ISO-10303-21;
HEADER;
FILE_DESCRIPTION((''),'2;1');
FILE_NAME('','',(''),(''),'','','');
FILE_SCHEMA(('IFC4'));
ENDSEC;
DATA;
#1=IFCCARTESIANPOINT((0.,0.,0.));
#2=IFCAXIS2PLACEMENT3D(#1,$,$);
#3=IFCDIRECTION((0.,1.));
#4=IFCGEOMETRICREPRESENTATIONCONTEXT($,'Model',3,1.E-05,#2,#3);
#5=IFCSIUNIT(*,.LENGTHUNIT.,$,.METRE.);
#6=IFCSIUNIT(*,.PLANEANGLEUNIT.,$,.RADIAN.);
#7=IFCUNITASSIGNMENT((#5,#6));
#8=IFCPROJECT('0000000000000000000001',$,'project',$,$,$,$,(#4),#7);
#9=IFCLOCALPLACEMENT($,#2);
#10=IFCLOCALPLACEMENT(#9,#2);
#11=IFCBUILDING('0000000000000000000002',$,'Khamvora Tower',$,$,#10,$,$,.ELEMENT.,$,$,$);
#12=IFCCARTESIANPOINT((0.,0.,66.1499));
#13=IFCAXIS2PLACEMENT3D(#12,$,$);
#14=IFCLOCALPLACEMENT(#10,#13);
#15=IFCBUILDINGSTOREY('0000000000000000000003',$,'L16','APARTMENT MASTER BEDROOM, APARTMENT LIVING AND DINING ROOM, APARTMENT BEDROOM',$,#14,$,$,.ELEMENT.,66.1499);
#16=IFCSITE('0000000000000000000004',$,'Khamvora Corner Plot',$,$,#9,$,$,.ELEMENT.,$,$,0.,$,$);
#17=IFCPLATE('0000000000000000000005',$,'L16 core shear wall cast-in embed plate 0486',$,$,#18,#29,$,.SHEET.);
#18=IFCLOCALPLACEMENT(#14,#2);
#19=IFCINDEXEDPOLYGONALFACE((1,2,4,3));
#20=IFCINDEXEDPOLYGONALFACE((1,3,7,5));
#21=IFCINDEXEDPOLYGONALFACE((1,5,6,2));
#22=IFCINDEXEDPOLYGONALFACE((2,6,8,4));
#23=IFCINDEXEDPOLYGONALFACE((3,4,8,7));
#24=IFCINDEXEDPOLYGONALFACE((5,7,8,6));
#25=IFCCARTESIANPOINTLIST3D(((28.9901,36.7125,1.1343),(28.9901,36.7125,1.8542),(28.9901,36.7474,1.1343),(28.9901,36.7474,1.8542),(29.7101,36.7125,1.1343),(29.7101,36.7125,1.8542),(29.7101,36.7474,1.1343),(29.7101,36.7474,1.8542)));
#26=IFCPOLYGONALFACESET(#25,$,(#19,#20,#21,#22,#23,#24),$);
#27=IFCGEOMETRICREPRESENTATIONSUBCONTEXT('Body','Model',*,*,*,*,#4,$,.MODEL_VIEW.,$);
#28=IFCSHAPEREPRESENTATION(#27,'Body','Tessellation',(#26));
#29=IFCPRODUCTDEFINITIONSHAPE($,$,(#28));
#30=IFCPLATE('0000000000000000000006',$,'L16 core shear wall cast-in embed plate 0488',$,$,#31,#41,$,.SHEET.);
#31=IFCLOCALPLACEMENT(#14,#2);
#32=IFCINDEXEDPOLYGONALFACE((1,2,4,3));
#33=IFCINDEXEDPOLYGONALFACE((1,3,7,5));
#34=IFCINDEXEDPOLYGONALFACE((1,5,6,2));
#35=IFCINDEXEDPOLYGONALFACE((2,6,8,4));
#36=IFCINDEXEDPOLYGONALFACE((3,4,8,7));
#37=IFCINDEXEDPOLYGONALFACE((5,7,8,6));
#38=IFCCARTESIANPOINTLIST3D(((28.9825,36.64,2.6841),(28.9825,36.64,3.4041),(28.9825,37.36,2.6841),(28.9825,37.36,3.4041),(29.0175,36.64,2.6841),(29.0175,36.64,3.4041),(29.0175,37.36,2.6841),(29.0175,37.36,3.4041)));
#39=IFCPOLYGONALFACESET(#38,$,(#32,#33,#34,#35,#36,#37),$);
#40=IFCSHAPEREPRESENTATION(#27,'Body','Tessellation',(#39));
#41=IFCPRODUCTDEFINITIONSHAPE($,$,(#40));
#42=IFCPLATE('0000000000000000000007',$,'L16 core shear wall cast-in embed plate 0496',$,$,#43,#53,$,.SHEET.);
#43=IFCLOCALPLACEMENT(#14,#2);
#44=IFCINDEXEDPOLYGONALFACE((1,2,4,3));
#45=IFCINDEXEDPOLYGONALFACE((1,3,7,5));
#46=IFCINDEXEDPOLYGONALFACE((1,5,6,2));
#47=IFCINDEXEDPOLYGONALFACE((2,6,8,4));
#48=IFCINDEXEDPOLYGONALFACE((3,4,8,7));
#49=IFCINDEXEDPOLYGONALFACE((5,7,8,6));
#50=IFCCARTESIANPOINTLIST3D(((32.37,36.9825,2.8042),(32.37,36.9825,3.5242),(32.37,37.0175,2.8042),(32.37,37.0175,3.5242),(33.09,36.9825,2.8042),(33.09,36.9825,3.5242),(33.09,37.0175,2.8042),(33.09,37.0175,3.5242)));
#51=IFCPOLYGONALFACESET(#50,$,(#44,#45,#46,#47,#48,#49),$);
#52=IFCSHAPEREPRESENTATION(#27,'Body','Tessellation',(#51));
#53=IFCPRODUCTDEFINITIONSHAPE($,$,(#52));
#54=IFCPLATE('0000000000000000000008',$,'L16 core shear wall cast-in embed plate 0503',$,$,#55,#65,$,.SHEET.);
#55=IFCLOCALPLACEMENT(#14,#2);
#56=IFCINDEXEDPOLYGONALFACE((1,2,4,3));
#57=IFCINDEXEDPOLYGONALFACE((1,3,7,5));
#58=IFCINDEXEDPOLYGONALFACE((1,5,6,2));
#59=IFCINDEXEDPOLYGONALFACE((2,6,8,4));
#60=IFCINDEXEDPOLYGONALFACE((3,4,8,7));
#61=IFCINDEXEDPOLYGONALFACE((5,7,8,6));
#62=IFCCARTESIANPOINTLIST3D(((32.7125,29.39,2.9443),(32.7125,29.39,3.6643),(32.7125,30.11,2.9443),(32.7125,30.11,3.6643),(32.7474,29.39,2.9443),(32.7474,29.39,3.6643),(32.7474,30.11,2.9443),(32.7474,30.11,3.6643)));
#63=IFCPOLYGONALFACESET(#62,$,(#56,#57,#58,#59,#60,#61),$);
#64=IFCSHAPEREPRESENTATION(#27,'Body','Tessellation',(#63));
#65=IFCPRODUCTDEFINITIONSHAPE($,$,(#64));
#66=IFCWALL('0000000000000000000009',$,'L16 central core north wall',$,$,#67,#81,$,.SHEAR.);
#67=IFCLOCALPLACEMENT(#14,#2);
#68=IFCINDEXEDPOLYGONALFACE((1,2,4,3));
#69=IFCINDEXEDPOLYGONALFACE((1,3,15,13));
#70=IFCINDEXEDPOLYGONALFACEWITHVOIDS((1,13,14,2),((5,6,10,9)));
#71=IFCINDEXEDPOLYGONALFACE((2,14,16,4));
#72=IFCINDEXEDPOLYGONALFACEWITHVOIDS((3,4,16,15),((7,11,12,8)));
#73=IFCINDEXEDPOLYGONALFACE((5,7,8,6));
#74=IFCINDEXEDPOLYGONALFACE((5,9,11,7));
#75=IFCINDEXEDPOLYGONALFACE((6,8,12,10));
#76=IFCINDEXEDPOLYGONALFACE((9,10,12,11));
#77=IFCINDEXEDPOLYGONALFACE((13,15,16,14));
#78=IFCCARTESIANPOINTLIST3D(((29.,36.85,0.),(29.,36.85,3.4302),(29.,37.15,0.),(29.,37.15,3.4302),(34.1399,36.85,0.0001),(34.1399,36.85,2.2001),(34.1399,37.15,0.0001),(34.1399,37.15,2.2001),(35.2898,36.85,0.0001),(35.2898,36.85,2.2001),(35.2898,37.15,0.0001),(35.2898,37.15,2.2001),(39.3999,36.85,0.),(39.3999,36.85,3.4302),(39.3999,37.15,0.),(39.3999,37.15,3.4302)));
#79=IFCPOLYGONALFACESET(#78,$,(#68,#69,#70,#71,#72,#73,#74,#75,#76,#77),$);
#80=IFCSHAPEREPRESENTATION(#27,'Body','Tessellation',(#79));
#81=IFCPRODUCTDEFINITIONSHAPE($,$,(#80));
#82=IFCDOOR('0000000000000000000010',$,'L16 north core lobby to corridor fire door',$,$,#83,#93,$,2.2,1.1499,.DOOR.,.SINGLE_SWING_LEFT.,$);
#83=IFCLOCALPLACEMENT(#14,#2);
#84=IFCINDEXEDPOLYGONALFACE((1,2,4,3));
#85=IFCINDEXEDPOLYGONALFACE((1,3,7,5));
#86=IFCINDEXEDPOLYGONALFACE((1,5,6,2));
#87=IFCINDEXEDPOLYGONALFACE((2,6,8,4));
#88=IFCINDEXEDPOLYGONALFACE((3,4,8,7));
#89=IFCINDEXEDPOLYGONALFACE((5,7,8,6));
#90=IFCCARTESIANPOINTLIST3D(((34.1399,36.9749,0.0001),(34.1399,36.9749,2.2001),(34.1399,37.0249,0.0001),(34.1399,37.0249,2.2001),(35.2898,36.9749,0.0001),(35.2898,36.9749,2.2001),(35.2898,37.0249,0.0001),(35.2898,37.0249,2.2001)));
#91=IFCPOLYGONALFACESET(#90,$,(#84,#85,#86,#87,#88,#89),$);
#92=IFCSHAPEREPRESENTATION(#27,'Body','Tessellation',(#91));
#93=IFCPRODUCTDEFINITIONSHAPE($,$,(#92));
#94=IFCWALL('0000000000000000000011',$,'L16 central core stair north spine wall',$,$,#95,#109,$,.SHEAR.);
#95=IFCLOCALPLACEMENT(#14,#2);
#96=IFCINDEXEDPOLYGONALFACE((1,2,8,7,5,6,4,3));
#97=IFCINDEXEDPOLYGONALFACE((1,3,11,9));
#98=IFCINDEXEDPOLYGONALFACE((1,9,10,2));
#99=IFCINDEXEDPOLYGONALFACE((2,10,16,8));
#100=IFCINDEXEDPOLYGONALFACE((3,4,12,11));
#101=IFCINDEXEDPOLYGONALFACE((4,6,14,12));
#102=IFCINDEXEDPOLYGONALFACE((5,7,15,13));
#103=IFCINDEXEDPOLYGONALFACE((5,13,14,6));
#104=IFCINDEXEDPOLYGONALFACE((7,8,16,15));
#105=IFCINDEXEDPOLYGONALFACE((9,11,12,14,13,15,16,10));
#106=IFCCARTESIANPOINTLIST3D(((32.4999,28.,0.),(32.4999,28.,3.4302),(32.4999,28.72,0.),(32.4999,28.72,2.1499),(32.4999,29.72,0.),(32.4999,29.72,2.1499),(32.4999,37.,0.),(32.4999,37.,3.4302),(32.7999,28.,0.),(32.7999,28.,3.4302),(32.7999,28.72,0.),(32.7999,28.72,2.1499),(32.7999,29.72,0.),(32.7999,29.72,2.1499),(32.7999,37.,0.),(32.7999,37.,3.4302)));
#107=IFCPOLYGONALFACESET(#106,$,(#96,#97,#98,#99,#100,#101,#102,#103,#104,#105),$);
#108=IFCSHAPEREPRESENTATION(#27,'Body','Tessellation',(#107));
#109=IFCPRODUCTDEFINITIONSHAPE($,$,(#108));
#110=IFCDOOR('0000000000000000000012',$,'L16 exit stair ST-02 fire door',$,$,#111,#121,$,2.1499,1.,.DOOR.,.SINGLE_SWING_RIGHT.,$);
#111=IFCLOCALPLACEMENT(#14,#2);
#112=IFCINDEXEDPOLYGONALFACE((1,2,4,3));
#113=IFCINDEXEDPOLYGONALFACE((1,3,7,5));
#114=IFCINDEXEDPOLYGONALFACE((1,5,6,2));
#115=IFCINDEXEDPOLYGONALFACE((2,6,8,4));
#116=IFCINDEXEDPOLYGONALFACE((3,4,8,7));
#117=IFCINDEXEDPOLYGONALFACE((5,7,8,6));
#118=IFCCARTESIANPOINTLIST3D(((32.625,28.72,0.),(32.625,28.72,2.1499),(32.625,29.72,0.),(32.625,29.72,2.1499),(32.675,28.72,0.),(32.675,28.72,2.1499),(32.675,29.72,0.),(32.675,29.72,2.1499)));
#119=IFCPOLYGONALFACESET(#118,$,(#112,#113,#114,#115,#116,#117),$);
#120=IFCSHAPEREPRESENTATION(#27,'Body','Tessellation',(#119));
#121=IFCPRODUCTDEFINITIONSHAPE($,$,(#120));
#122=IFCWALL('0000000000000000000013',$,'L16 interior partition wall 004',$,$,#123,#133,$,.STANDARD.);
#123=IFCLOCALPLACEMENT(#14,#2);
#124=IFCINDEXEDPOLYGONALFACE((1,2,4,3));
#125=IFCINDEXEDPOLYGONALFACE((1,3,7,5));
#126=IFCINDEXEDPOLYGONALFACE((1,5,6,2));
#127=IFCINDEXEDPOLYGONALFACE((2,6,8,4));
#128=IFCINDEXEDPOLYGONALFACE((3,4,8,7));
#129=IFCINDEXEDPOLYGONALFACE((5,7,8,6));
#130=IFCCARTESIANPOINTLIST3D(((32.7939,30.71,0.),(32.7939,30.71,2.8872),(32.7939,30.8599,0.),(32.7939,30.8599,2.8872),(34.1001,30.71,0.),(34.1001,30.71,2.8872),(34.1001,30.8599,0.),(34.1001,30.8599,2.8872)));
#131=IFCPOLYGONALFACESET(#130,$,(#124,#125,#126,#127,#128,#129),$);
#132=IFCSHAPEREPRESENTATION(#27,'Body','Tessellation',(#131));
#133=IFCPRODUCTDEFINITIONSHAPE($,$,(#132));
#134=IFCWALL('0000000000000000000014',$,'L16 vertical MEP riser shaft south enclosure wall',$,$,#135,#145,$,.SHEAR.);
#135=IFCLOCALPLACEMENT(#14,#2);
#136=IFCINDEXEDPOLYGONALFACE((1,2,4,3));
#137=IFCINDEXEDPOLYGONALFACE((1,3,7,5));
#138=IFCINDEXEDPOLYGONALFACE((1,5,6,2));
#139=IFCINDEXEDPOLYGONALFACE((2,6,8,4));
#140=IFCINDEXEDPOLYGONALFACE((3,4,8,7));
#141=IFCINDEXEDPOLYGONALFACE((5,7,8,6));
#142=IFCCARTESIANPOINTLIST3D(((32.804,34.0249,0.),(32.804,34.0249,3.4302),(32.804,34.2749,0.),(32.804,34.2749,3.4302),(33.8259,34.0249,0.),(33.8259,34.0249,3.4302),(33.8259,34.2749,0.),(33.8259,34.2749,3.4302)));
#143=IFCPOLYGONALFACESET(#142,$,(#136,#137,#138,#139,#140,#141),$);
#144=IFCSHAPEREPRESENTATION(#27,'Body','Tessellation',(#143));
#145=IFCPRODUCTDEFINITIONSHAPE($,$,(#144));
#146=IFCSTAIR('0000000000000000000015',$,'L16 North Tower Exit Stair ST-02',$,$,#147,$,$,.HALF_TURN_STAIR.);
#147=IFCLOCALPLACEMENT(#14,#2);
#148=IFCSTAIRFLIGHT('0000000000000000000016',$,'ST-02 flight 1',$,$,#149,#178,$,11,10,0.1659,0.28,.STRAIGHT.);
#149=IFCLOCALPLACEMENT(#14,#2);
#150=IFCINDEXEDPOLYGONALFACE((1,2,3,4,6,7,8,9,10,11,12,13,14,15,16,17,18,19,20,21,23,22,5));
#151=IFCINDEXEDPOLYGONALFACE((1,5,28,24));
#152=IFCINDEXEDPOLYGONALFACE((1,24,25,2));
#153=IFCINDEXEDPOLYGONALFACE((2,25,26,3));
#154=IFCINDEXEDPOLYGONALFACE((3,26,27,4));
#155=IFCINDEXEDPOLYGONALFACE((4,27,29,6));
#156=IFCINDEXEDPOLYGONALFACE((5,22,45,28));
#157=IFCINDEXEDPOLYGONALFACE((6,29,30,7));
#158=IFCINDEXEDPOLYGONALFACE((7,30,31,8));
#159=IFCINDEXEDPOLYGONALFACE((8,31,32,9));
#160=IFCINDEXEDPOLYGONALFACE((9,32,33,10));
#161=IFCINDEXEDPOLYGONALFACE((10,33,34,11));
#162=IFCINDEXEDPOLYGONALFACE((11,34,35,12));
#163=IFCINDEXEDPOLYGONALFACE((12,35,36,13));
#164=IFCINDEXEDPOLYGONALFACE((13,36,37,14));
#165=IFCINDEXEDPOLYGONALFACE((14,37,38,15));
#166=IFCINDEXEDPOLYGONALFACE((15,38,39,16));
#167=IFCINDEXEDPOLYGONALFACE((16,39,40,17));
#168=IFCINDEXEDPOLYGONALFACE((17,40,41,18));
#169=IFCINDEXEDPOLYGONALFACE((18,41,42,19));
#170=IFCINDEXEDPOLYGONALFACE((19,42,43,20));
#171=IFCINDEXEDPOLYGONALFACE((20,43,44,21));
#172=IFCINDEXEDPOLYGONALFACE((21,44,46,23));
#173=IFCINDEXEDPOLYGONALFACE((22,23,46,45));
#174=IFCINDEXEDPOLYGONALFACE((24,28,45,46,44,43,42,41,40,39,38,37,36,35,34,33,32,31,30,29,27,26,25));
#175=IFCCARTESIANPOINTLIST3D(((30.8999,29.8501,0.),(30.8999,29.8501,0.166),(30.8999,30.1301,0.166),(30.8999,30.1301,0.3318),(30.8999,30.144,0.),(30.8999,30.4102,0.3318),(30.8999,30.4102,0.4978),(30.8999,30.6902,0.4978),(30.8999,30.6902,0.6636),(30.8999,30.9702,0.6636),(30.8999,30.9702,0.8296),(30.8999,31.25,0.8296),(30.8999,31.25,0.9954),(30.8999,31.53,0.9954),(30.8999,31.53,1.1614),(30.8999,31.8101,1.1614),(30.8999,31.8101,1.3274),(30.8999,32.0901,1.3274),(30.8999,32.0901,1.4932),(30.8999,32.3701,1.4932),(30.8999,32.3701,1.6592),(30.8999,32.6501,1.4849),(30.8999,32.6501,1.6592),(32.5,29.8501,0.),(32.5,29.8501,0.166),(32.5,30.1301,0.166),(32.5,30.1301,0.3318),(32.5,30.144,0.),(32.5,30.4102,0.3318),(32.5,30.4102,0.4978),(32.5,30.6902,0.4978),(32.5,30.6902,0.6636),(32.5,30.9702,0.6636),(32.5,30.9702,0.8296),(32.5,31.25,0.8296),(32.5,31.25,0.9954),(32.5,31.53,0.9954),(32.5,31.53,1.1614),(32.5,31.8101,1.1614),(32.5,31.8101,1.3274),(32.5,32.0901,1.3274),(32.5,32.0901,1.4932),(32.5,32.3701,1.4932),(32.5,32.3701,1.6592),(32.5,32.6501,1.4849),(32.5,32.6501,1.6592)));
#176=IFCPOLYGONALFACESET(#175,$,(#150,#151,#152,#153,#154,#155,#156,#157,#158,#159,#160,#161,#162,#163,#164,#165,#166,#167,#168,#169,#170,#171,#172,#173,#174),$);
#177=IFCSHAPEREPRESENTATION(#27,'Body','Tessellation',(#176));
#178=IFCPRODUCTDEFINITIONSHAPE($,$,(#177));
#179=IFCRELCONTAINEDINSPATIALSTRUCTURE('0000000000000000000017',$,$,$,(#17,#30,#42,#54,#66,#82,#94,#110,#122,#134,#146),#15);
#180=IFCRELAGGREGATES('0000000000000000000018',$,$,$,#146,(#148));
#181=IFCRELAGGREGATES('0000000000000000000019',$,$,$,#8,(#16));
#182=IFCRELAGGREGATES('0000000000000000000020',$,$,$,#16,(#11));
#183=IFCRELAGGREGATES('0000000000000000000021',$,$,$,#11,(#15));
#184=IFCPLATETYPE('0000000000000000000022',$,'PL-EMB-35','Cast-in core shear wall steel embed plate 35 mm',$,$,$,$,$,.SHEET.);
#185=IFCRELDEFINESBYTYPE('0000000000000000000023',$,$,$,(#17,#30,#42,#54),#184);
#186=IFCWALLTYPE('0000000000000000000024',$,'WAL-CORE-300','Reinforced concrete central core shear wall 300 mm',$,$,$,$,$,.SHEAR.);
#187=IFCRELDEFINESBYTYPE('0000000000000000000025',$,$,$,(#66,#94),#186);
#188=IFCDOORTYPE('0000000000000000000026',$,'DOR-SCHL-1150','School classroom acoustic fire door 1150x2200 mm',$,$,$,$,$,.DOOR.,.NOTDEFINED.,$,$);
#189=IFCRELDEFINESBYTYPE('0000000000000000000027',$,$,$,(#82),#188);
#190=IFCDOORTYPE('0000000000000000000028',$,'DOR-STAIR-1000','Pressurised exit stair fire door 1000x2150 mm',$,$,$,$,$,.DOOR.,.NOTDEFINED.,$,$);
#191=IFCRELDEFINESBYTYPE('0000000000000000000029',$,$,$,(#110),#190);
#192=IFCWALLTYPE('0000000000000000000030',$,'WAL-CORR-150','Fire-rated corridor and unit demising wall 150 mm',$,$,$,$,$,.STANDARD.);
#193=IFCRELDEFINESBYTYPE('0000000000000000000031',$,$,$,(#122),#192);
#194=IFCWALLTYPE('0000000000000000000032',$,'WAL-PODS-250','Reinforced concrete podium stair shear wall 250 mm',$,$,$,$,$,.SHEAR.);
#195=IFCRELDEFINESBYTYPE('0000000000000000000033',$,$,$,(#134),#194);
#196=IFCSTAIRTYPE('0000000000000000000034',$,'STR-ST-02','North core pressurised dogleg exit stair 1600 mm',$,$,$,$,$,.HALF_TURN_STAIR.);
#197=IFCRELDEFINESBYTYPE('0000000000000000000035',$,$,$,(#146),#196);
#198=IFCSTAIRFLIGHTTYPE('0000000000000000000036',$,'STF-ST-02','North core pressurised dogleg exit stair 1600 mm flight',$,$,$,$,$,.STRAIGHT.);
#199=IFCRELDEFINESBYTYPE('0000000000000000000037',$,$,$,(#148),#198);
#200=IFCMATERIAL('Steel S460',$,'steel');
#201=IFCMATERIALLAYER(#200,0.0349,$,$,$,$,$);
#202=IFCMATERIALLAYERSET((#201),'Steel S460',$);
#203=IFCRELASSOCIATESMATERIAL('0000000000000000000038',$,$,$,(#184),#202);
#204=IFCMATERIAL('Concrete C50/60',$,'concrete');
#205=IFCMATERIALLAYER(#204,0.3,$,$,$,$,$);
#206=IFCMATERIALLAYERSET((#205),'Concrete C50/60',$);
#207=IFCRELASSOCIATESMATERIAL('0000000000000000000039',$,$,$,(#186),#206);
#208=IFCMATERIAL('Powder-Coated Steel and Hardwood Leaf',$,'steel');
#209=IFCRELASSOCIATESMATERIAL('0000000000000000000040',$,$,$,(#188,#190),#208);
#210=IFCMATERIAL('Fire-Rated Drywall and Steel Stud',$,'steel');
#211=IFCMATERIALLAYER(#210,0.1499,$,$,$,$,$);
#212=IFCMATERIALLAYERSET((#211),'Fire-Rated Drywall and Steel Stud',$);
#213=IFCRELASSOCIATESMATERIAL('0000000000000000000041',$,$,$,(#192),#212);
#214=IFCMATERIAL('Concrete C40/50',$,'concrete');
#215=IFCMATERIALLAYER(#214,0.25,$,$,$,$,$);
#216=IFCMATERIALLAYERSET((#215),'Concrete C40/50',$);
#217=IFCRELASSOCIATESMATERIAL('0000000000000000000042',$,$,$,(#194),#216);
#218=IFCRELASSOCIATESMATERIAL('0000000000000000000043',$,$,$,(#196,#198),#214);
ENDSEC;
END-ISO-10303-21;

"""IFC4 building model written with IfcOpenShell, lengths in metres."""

from ifc_helpers import new_model, si_unit, direction, frame, frame_2d, origin, origin_2d, place, context, subcontext, project, spatial, polyline, rectangle, outline, extrude, material, layer, layer_set, type_object, element, fill, aggregate, save


model = new_model("IFC4")

# Units and contexts
model_context = context("Model", 3, precision=1e-05, world=origin(), true_north=direction((0.0, 1.0)))
body_context = subcontext(model_context, "Body", "Model", "MODEL_VIEW")
ifc_project = project(units=[si_unit("LENGTHUNIT", "METRE"), si_unit("PLANEANGLEUNIT", "RADIAN")], contexts=[model_context])

# Site, building, storey
site_placement = place(None, origin())
site = spatial("IfcSite", under=ifc_project, at=site_placement, Name="Khamvora Corner Plot", CompositionType="ELEMENT", RefElevation=0.0)
building_placement = place(site_placement, origin())
building = spatial("IfcBuilding", under=site, at=building_placement, Name="Khamvora Tower", CompositionType="ELEMENT")
storey_placement = place(building_placement, frame((0.0, 0.0, 66.1499)))
storey = spatial("IfcBuildingStorey", under=building, at=storey_placement, Name="L16", Description="APARTMENT MASTER BEDROOM, APARTMENT LIVING AND DINING ROOM, APARTMENT BEDROOM", CompositionType="ELEMENT", Elevation=66.1499)

# Shared definitions
ifc_material_1 = material(Name="Steel S460", Category="steel")

# Plates
ifc_layer_1 = layer(ifc_material_1, 0.0349)
ifc_layer_set_1 = layer_set([ifc_layer_1], Name="Steel S460")
plate_type = type_object("IfcPlateType", Name="PL-EMB-35", Description="Cast-in core shear wall steel embed plate 35 mm", PredefinedType="SHEET", material=ifc_layer_set_1)
plate_1_placement = place(storey_placement, frame((29.3501, 36.73, 1.1343), z_axis=(0.0, 0.0, 1.0), x_axis=(1.0, 0.0, 0.0)))
element("IfcPlate", 1, at=plate_1_placement, inside=storey, type_object=plate_type, Name="L16 core shear wall cast-in embed plate 0486", PredefinedType="SHEET", context=body_context, shape_type="SweptSolid", body=[
    extrude(rectangle(XDim=0.72, YDim=0.0349, at=origin_2d()), origin(), (0.0, 0.0, 1.0), 0.72),
])
plate_2_placement = place(storey_placement, frame((29.0, 37.0, 2.6841), z_axis=(0.0, 0.0, 1.0), x_axis=(1.0, 0.0, 0.0)))
element("IfcPlate", 2, at=plate_2_placement, inside=storey, type_object=plate_type, Name="L16 core shear wall cast-in embed plate 0488", PredefinedType="SHEET", context=body_context, shape_type="SweptSolid", body=[
    extrude(rectangle(XDim=0.0349, YDim=0.72, at=origin_2d()), origin(), (0.0, 0.0, 1.0), 0.72),
])
plate_3_placement = place(storey_placement, frame((32.73, 37.0, 2.8042), z_axis=(0.0, 0.0, 1.0), x_axis=(1.0, 0.0, 0.0)))
element("IfcPlate", 3, at=plate_3_placement, inside=storey, type_object=plate_type, Name="L16 core shear wall cast-in embed plate 0496", PredefinedType="SHEET", context=body_context, shape_type="SweptSolid", body=[
    extrude(rectangle(XDim=0.72, YDim=0.0349, at=origin_2d()), origin(), (0.0, 0.0, 1.0), 0.72),
])
plate_4_placement = place(storey_placement, frame((32.73, 29.75, 2.9443), z_axis=(0.0, 0.0, 1.0), x_axis=(1.0, 0.0, 0.0)))
element("IfcPlate", 4, at=plate_4_placement, inside=storey, type_object=plate_type, Name="L16 core shear wall cast-in embed plate 0503", PredefinedType="SHEET", context=body_context, shape_type="SweptSolid", body=[
    extrude(rectangle(XDim=0.0349, YDim=0.72, at=origin_2d()), origin(), (0.0, 0.0, 1.0), 0.72),
])

# Walls, openings, doors
ifc_material_2 = material(Name="Concrete C50/60", Category="concrete")
ifc_layer_2 = layer(ifc_material_2, 0.3)
ifc_layer_set_2 = layer_set([ifc_layer_2], Name="Concrete C50/60")
wall_type_1 = type_object("IfcWallType", Name="WAL-CORE-300", Description="Reinforced concrete central core shear wall 300 mm", PredefinedType="SHEAR", material=ifc_layer_set_2)
wall_1_placement = place(storey_placement, frame((29.0, 37.0, 0.0), z_axis=(0.0, 0.0, 1.0), x_axis=(1.0, 0.0, 0.0)))
wall_1 = element("IfcWall", 5, at=wall_1_placement, inside=storey, type_object=wall_type_1, Name="L16 central core north wall", PredefinedType="SHEAR", context=body_context, shape_type="SweptSolid", body=[
    extrude(rectangle(XDim=10.3999, YDim=0.3, at=frame_2d((5.2, 0.0))), origin(), (0.0, 0.0, 1.0), 3.4302),
])
opening_1_placement = place(wall_1_placement, frame((5.1399, 0.0, 0.0)))
opening_1 = element("IfcOpeningElement", 6, at=opening_1_placement, cuts=wall_1, PredefinedType="OPENING", context=body_context, shape_type="SweptSolid", body=[
    extrude(rectangle(XDim=1.1499, YDim=2.2, at=frame_2d((0.575, 1.1001))), frame((0.0, 0.1599, 0.0), z_axis=(0.0, -1.0, 0.0), x_axis=(1.0, 0.0, 0.0)), (0.0, 0.0, 1.0), 0.3201),
])
ifc_material_3 = material(Name="Powder-Coated Steel and Hardwood Leaf", Category="steel")
door_type_1 = type_object("IfcDoorType", Name="DOR-SCHL-1150", Description="School classroom acoustic fire door 1150x2200 mm", OperationType="NOTDEFINED", PredefinedType="DOOR", material=ifc_material_3)
door_1_placement = place(opening_1_placement, origin())
door_1 = element("IfcDoor", 7, at=door_1_placement, inside=storey, type_object=door_type_1, Name="L16 north core lobby to corridor fire door", OperationType="SINGLE_SWING_LEFT", OverallHeight=2.2, OverallWidth=1.1499, PredefinedType="DOOR", context=body_context, shape_type="SweptSolid", body=[
    extrude(rectangle(XDim=1.1499, YDim=2.2, at=frame_2d((0.575, 1.1001))), frame((0.0, 0.0249, 0.0), z_axis=(0.0, -1.0, 0.0), x_axis=(1.0, 0.0, 0.0)), (0.0, 0.0, 1.0), 0.05),
])
fill(opening_1, door_1)
wall_2_placement = place(storey_placement, frame((32.6499, 28.0, 0.0), z_axis=(0.0, 0.0, 1.0), x_axis=(0.0, 1.0, 0.0)))
wall_2 = element("IfcWall", 8, at=wall_2_placement, inside=storey, type_object=wall_type_1, Name="L16 central core stair north spine wall", PredefinedType="SHEAR", context=body_context, shape_type="SweptSolid", body=[
    extrude(rectangle(XDim=9.0, YDim=0.3, at=frame_2d((4.5, 0.0))), origin(), (0.0, 0.0, 1.0), 3.4302),
])
opening_2_placement = place(wall_2_placement, frame((0.72, 0.0, 0.0)))
opening_2 = element("IfcOpeningElement", 9, at=opening_2_placement, cuts=wall_2, PredefinedType="OPENING", context=body_context, shape_type="SweptSolid", body=[
    extrude(rectangle(XDim=1.0, YDim=2.1499, at=frame_2d((0.5, 1.075))), frame((0.0, 0.1599, 0.0), z_axis=(0.0, -1.0, 0.0), x_axis=(1.0, 0.0, 0.0)), (0.0, 0.0, 1.0), 0.3201),
])
door_type_2 = type_object("IfcDoorType", Name="DOR-STAIR-1000", Description="Pressurised exit stair fire door 1000x2150 mm", OperationType="NOTDEFINED", PredefinedType="DOOR", material=ifc_material_3)
door_2_placement = place(opening_2_placement, origin())
door_2 = element("IfcDoor", 10, at=door_2_placement, inside=storey, type_object=door_type_2, Name="L16 exit stair ST-02 fire door", OperationType="SINGLE_SWING_RIGHT", OverallHeight=2.1499, OverallWidth=1.0, PredefinedType="DOOR", context=body_context, shape_type="SweptSolid", body=[
    extrude(rectangle(XDim=1.0, YDim=2.1499, at=frame_2d((0.5, 1.075))), frame((0.0, 0.0249, 0.0), z_axis=(0.0, -1.0, 0.0), x_axis=(1.0, 0.0, 0.0)), (0.0, 0.0, 1.0), 0.05),
])
fill(opening_2, door_2)

# Walls
ifc_material_4 = material(Name="Fire-Rated Drywall and Steel Stud", Category="steel")
ifc_layer_3 = layer(ifc_material_4, 0.1499)
ifc_layer_set_3 = layer_set([ifc_layer_3], Name="Fire-Rated Drywall and Steel Stud")
wall_type_2 = type_object("IfcWallType", Name="WAL-CORR-150", Description="Fire-rated corridor and unit demising wall 150 mm", PredefinedType="STANDARD", material=ifc_layer_set_3)
wall_3_placement = place(storey_placement, frame((32.7939, 30.7849, 0.0), z_axis=(0.0, 0.0, 1.0), x_axis=(1.0, 0.0, 0.0)))
element("IfcWall", 11, at=wall_3_placement, inside=storey, type_object=wall_type_2, Name="L16 interior partition wall 004", PredefinedType="STANDARD", context=body_context, shape_type="SweptSolid", body=[
    extrude(rectangle(XDim=1.3062, YDim=0.1499, at=frame_2d((0.6531, 0.0))), origin(), (0.0, 0.0, 1.0), 2.8872),
])
ifc_material_5 = material(Name="Concrete C40/50", Category="concrete")
ifc_layer_4 = layer(ifc_material_5, 0.25)
ifc_layer_set_4 = layer_set([ifc_layer_4], Name="Concrete C40/50")
wall_type_3 = type_object("IfcWallType", Name="WAL-PODS-250", Description="Reinforced concrete podium stair shear wall 250 mm", PredefinedType="SHEAR", material=ifc_layer_set_4)
wall_4_placement = place(storey_placement, frame((32.804, 34.1499, 0.0), z_axis=(0.0, 0.0, 1.0), x_axis=(1.0, 0.0, 0.0)))
element("IfcWall", 12, at=wall_4_placement, inside=storey, type_object=wall_type_3, Name="L16 vertical MEP riser shaft south enclosure wall", PredefinedType="SHEAR", context=body_context, shape_type="SweptSolid", body=[
    extrude(rectangle(XDim=1.022, YDim=0.25, at=frame_2d((0.511, 0.0))), origin(), (0.0, 0.0, 1.0), 3.4302),
])

# Stair, stair flight
stair_type = type_object("IfcStairType", Name="STR-ST-02", Description="North core pressurised dogleg exit stair 1600 mm", PredefinedType="HALF_TURN_STAIR", material=ifc_material_5)
stair_placement = place(storey_placement, origin())
stair = element("IfcStair", 13, at=stair_placement, inside=storey, type_object=stair_type, Name="L16 North Tower Exit Stair ST-02", PredefinedType="HALF_TURN_STAIR")
stair_flight_type = type_object("IfcStairFlightType", Name="STF-ST-02", Description="North core pressurised dogleg exit stair 1600 mm flight", PredefinedType="STRAIGHT", material=ifc_material_5)
stair_flight_1_placement = place(storey_placement, frame((31.7, 29.8501, 0.0), z_axis=(0.0, 0.0, 1.0), x_axis=(0.0, 1.0, 0.0)))
stair_flight_1 = element("IfcStairFlight", 14, at=stair_flight_1_placement, type_object=stair_flight_type, Name="ST-02 flight 1", NumberOfRisers=11, NumberOfTreads=10, PredefinedType="STRAIGHT", RiserHeight=0.1659, TreadLength=0.28, context=body_context, shape_type="SweptSolid", body=[
    extrude(outline(polyline([(0.0, 0.0), (0.0, 0.166), (0.28, 0.166), (0.28, 0.3318), (0.5601, 0.3318), (0.5601, 0.4978), (0.8401, 0.4978), (0.8401, 0.6636), (1.1201, 0.6636), (1.1201, 0.8296), (1.3999, 0.8296), (1.3999, 0.9954), (1.6799, 0.9954), (1.6799, 1.1614), (1.96, 1.1614), (1.96, 1.3274), (2.24, 1.3274), (2.24, 1.4932), (2.52, 1.4932), (2.52, 1.6592), (2.8, 1.6592), (2.8, 1.825), (2.8, 1.4849), (0.2939, 0.0), (0.0, 0.0)])), frame((0.0, 0.8, 0.0), z_axis=(0.0, -1.0, 0.0), x_axis=(1.0, 0.0, 0.0)), (0.0, 0.0, 1.0), 1.6001),
])
aggregate(stair, [stair_flight_1])

save(model, "model.ifc")
